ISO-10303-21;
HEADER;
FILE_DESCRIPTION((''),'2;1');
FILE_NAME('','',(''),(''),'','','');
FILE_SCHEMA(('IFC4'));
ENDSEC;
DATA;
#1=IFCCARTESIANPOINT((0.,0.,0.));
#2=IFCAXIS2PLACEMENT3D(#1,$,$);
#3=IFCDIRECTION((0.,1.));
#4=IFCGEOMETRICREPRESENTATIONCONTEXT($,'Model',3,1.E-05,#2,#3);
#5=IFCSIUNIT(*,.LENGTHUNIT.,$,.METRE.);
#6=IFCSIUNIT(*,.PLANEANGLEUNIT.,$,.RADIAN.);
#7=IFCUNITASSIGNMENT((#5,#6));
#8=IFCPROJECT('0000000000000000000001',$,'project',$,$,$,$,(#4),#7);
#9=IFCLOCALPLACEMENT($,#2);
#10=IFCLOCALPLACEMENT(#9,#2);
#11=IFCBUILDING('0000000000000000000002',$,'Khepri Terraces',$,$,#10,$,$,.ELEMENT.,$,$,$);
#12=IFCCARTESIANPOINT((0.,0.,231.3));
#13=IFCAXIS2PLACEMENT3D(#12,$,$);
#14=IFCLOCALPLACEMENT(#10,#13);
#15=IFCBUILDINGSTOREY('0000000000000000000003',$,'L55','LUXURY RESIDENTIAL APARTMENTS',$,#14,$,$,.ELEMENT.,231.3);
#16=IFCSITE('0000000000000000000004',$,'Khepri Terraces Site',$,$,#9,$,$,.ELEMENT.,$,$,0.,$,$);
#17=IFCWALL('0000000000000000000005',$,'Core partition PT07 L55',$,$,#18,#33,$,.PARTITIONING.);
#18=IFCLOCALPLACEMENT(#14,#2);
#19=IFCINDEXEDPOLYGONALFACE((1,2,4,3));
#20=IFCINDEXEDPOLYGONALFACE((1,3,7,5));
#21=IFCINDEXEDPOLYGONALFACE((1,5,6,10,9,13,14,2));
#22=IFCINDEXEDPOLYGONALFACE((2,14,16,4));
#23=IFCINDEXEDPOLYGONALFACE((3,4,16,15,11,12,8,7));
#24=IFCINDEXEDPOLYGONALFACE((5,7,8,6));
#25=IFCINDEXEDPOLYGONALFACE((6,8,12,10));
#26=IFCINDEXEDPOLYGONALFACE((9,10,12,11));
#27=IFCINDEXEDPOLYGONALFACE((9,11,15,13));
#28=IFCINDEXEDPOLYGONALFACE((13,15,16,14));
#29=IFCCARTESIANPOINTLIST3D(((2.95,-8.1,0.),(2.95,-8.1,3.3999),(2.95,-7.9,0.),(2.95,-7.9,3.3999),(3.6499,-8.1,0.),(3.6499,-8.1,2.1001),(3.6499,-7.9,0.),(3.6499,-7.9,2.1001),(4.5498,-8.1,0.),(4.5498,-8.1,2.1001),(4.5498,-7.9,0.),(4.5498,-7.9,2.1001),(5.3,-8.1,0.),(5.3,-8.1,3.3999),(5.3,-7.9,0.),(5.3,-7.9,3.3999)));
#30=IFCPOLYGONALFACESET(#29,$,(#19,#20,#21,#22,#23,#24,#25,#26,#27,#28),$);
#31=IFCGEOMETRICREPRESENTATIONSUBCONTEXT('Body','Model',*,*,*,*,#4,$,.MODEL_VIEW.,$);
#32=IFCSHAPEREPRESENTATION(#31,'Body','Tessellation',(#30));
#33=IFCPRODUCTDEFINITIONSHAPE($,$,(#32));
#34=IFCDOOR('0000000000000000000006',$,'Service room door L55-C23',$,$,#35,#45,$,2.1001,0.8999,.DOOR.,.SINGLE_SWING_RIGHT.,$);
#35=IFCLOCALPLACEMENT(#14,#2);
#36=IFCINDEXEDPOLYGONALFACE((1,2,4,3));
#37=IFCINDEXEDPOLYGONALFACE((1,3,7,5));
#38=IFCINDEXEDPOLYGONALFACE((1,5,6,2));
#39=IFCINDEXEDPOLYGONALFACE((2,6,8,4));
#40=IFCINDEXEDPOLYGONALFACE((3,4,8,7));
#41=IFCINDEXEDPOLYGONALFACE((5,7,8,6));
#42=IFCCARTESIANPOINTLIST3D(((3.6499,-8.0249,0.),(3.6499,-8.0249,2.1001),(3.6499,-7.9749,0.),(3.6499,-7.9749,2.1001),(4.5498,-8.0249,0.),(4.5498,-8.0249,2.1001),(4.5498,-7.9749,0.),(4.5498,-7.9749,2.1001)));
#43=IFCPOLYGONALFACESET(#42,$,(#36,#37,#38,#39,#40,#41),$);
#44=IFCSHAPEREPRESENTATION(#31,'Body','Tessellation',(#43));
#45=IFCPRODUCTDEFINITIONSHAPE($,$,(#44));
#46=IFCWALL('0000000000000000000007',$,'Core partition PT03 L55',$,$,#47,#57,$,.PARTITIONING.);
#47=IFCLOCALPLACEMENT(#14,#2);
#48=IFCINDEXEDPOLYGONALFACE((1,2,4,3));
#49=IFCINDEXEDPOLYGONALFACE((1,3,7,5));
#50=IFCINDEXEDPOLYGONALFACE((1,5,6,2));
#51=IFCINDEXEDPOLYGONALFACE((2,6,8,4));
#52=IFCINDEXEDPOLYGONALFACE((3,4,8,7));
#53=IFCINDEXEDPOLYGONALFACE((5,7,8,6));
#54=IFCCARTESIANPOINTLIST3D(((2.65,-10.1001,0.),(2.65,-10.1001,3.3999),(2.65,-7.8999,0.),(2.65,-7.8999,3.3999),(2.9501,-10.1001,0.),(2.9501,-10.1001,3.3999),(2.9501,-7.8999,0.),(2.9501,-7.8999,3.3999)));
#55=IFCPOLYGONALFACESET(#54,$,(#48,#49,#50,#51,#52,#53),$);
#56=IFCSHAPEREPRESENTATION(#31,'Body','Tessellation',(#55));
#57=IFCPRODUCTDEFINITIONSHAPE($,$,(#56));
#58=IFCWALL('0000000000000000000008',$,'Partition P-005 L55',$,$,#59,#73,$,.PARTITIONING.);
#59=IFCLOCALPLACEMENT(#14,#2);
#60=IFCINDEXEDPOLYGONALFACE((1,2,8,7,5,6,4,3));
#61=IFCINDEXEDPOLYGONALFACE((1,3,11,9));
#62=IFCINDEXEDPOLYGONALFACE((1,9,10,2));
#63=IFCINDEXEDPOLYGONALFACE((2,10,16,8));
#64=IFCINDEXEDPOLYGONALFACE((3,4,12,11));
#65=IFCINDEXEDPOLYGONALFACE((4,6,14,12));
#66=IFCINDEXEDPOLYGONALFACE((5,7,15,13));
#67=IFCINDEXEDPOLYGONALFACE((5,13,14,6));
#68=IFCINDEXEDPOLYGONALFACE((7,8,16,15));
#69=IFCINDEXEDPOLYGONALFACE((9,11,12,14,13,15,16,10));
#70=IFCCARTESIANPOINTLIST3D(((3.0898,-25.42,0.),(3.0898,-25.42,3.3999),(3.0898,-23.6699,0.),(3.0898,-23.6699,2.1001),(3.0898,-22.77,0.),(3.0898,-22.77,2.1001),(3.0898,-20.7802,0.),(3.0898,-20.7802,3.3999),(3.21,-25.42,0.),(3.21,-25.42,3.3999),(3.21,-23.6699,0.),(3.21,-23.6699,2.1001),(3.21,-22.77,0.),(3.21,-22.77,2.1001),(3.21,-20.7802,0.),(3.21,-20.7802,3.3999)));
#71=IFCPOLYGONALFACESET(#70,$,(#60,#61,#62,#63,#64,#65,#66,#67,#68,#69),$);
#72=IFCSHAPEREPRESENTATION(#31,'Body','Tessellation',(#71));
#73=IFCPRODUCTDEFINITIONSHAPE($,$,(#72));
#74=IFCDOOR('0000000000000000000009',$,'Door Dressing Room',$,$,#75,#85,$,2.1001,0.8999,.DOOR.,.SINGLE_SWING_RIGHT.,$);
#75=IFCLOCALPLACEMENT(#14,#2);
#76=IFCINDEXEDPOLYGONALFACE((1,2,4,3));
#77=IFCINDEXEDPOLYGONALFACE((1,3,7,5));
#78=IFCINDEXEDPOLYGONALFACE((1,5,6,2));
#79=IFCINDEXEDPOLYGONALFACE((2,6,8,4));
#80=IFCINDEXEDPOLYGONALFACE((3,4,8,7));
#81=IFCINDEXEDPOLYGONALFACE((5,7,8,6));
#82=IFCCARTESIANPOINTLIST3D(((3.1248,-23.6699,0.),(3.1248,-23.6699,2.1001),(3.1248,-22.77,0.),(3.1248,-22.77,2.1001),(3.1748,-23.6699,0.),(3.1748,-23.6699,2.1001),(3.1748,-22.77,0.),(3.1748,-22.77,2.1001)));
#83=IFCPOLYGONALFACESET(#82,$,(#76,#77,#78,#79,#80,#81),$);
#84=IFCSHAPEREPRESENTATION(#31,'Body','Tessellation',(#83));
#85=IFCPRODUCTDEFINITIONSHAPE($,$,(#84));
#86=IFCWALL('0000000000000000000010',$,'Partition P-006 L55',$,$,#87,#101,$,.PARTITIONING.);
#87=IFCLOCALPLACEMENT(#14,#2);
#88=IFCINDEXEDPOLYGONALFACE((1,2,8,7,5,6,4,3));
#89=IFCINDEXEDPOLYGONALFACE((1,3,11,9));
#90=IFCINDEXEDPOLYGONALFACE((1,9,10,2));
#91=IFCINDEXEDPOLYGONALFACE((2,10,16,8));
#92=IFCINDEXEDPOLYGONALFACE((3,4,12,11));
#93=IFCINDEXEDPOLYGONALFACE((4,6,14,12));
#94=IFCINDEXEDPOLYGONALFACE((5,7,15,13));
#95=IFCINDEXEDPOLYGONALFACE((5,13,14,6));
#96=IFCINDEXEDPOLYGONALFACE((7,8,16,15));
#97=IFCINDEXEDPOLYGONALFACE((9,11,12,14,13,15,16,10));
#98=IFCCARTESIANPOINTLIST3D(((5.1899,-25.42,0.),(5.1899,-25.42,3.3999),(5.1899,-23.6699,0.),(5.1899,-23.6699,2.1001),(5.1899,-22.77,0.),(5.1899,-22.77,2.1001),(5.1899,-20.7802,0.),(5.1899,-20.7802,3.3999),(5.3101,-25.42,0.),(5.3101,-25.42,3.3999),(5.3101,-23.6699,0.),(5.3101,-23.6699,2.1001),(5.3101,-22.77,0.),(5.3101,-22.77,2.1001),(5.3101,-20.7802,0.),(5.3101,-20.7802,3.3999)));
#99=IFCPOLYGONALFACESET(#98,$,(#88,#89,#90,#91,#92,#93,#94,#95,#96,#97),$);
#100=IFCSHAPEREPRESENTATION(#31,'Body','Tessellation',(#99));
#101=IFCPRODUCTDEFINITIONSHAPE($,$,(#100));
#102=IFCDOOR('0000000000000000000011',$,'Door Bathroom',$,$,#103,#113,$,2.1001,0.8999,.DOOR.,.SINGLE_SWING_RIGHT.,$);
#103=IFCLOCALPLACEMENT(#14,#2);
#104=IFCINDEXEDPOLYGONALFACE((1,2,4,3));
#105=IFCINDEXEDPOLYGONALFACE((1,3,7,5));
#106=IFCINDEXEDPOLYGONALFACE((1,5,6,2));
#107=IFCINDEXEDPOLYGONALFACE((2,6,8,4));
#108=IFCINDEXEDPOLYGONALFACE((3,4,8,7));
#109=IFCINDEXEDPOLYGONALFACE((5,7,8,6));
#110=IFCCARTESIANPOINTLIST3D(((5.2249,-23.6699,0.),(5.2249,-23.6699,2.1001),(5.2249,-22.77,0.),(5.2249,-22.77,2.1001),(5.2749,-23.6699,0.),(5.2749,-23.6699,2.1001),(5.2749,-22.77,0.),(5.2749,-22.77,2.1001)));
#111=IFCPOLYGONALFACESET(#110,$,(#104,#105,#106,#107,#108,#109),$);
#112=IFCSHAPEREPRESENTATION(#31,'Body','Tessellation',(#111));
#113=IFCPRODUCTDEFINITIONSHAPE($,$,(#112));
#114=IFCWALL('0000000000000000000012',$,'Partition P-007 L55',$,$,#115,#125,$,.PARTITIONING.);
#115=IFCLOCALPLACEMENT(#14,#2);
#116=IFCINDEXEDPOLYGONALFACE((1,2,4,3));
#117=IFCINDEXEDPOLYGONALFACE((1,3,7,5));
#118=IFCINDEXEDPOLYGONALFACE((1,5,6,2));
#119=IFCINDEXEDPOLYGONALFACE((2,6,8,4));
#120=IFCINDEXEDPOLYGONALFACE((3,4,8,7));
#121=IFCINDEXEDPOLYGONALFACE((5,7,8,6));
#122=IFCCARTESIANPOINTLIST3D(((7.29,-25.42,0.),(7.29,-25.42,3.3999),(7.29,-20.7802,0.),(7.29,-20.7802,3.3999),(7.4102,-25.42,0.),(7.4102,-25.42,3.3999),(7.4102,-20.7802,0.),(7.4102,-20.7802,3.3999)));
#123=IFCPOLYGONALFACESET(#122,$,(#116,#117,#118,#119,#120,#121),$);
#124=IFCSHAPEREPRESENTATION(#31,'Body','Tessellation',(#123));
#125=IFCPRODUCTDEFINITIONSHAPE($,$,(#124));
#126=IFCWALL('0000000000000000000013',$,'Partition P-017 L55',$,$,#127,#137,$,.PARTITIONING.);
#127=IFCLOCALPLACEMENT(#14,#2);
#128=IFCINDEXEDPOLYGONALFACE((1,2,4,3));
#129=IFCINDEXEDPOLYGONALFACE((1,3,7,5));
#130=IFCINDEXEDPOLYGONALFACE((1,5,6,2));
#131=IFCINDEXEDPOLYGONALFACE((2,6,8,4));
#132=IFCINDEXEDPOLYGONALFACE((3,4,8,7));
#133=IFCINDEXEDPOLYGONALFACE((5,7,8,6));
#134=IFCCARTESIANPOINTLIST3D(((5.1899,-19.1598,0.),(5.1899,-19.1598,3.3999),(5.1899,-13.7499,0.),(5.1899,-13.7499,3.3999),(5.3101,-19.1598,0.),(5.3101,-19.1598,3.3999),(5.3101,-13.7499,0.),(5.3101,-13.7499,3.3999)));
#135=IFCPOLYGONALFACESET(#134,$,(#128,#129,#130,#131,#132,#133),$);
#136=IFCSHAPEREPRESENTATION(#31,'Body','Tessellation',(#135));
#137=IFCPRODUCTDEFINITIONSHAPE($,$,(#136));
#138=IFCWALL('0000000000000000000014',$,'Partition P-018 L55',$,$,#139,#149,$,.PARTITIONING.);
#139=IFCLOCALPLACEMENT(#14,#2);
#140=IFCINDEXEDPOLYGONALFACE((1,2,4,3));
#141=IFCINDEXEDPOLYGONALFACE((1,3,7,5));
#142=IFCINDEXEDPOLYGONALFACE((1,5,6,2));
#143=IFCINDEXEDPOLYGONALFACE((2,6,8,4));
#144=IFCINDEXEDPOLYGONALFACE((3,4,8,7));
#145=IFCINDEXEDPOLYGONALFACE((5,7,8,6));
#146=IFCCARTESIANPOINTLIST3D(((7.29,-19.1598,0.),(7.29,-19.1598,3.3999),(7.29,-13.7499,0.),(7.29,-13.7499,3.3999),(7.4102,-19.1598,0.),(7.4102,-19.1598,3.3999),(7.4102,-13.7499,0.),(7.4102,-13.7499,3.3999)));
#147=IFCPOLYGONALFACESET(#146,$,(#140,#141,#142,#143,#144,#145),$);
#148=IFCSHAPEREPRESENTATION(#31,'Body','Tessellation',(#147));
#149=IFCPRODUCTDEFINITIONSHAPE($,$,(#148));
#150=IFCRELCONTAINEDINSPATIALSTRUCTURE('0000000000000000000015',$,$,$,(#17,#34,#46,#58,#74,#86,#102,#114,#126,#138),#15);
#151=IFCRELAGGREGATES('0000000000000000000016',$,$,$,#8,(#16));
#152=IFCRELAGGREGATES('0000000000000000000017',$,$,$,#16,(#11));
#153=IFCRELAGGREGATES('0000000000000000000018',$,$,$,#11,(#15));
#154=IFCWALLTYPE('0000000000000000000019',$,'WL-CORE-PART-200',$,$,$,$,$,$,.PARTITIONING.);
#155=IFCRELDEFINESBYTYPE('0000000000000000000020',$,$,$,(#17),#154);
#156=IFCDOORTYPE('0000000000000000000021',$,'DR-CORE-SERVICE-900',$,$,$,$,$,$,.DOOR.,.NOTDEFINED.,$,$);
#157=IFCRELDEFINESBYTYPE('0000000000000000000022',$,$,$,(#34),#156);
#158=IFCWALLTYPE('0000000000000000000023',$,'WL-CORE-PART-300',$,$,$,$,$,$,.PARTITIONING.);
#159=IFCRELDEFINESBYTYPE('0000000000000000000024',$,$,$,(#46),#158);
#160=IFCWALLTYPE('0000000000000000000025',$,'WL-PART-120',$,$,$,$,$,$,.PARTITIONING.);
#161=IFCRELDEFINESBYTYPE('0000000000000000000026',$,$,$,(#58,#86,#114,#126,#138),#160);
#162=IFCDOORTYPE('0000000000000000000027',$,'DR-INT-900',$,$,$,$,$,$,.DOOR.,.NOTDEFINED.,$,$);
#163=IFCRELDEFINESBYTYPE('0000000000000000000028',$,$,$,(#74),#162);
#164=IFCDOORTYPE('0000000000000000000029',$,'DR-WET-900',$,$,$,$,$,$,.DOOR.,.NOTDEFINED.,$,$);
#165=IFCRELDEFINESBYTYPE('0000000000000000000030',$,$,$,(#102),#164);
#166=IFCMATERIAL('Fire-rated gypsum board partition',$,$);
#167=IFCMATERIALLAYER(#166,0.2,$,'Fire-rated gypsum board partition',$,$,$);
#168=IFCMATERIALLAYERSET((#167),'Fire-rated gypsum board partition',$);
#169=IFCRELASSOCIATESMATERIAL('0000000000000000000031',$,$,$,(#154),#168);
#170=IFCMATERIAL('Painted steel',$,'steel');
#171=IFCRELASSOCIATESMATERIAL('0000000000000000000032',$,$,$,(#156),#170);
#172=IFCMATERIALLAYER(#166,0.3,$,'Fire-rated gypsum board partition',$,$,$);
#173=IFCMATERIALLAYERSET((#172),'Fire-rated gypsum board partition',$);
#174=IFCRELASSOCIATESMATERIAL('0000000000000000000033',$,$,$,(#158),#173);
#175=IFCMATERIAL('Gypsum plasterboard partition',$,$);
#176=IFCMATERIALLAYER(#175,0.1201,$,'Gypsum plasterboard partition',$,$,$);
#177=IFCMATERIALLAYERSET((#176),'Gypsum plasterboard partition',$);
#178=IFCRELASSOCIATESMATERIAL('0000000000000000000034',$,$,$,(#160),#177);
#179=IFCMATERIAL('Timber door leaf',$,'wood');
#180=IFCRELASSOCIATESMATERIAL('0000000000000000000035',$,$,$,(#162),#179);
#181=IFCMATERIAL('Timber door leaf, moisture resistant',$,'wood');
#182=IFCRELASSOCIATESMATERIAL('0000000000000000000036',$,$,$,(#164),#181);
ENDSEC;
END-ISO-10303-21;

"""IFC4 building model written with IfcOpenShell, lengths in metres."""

from ifc_helpers import new_model, si_unit, direction, frame, frame_2d, origin, place, context, subcontext, project, spatial, rectangle, extrude, material, layer, layer_set, type_object, element, fill, save


model = new_model("IFC4")

# Units and contexts
model_context = context("Model", 3, precision=1e-05, world=origin(), true_north=direction((0.0, 1.0)))
body_context = subcontext(model_context, "Body", "Model", "MODEL_VIEW")
ifc_project = project(units=[si_unit("LENGTHUNIT", "METRE"), si_unit("PLANEANGLEUNIT", "RADIAN")], contexts=[model_context])

# Site, building, storey
site_placement = place(None, origin())
site = spatial("IfcSite", under=ifc_project, at=site_placement, Name="Khepri Terraces Site", CompositionType="ELEMENT", RefElevation=0.0)
building_placement = place(site_placement, origin())
building = spatial("IfcBuilding", under=site, at=building_placement, Name="Khepri Terraces", CompositionType="ELEMENT")
storey_placement = place(building_placement, frame((0.0, 0.0, 231.3)))
storey = spatial("IfcBuildingStorey", under=building, at=storey_placement, Name="L55", Description="LUXURY RESIDENTIAL APARTMENTS", CompositionType="ELEMENT", Elevation=231.3)

# Shared definitions
ifc_material_1 = material(Name="Painted steel", Category="steel")

# Shared definitions
ifc_material_2 = material(Name="Fire-rated gypsum board partition")
ifc_layer_1 = layer(ifc_material_2, 0.2, Name="Fire-rated gypsum board partition")
ifc_layer_set_1 = layer_set([ifc_layer_1], Name="Fire-rated gypsum board partition")
wall_type_1 = type_object("IfcWallType", Name="WL-CORE-PART-200", PredefinedType="PARTITIONING", material=ifc_layer_set_1)

# Wall, opening, door
door_type_1 = type_object("IfcDoorType", Name="DR-CORE-SERVICE-900", OperationType="NOTDEFINED", PredefinedType="DOOR", material=ifc_material_1)
wall_1_placement = place(storey_placement, frame((2.95, -8.0, 0.0), z_axis=(0.0, 0.0, 1.0), x_axis=(1.0, 0.0, 0.0)))
wall_1 = element("IfcWall", 1, at=wall_1_placement, inside=storey, type_object=wall_type_1, Name="Core partition PT07 L55", PredefinedType="PARTITIONING", context=body_context, shape_type="SweptSolid", body=[
    extrude(rectangle(XDim=2.3501, YDim=0.2, at=frame_2d((1.175, 0.0))), origin(), (0.0, 0.0, 1.0), 3.3999),
])
opening_1_placement = place(wall_1_placement, frame((0.7, 0.0, 0.0)))
opening_1 = element("IfcOpeningElement", 2, at=opening_1_placement, cuts=wall_1, PredefinedType="OPENING", context=body_context, shape_type="SweptSolid", body=[
    extrude(rectangle(XDim=0.8999, YDim=2.1001, at=frame_2d((0.45, 1.05))), frame((0.0, 0.1099, 0.0), z_axis=(0.0, -1.0, 0.0), x_axis=(1.0, 0.0, 0.0)), (0.0, 0.0, 1.0), 0.22),
])
door_1_placement = place(opening_1_placement, frame((0.8999, 0.0, 0.0), z_axis=(0.0, 0.0, 1.0), x_axis=(-1.0, 0.0, 0.0)))
door_1 = element("IfcDoor", 3, at=door_1_placement, inside=storey, type_object=door_type_1, Name="Service room door L55-C23", OperationType="SINGLE_SWING_RIGHT", OverallHeight=2.1001, OverallWidth=0.8999, PredefinedType="DOOR", context=body_context, shape_type="SweptSolid", body=[
    extrude(rectangle(XDim=0.8999, YDim=2.1001, at=frame_2d((0.45, 1.05))), frame((0.0, 0.0249, 0.0), z_axis=(0.0, -1.0, 0.0), x_axis=(1.0, 0.0, 0.0)), (0.0, 0.0, 1.0), 0.05),
])
fill(opening_1, door_1)

# Wall
ifc_layer_2 = layer(ifc_material_2, 0.3, Name="Fire-rated gypsum board partition")
ifc_layer_set_2 = layer_set([ifc_layer_2], Name="Fire-rated gypsum board partition")
wall_type_2 = type_object("IfcWallType", Name="WL-CORE-PART-300", PredefinedType="PARTITIONING", material=ifc_layer_set_2)
wall_2_placement = place(storey_placement, frame((2.8, -10.1001, 0.0), z_axis=(0.0, 0.0, 1.0), x_axis=(0.0, 1.0, 0.0)))
element("IfcWall", 4, at=wall_2_placement, inside=storey, type_object=wall_type_2, Name="Core partition PT03 L55", PredefinedType="PARTITIONING", context=body_context, shape_type="SweptSolid", body=[
    extrude(rectangle(XDim=2.2002, YDim=0.3, at=frame_2d((1.1001, 0.0))), origin(), (0.0, 0.0, 1.0), 3.3999),
])

# Walls, openings, doors
ifc_material_3 = material(Name="Gypsum plasterboard partition")
ifc_layer_3 = layer(ifc_material_3, 0.1201, Name="Gypsum plasterboard partition")
ifc_layer_set_3 = layer_set([ifc_layer_3], Name="Gypsum plasterboard partition")
wall_type_3 = type_object("IfcWallType", Name="WL-PART-120", PredefinedType="PARTITIONING", material=ifc_layer_set_3)
wall_3_placement = place(storey_placement, frame((3.1499, -25.4199, 0.0), z_axis=(0.0, 0.0, 1.0), x_axis=(0.0, 1.0, 0.0)))
wall_3 = element("IfcWall", 5, at=wall_3_placement, inside=storey, type_object=wall_type_3, Name="Partition P-005 L55", PredefinedType="PARTITIONING", context=body_context, shape_type="SweptSolid", body=[
    extrude(rectangle(XDim=4.6399, YDim=0.1201, at=frame_2d((2.3198, 0.0))), origin(), (0.0, 0.0, 1.0), 3.3999),
])
opening_2_placement = place(wall_3_placement, frame((1.75, 0.0, 0.0)))
opening_2 = element("IfcOpeningElement", 6, at=opening_2_placement, cuts=wall_3, PredefinedType="OPENING", context=body_context, shape_type="SweptSolid", body=[
    extrude(rectangle(XDim=0.8999, YDim=2.1001, at=frame_2d((0.45, 1.05))), frame((0.0, 0.0701, 0.0), z_axis=(0.0, -1.0, 0.0), x_axis=(1.0, 0.0, 0.0)), (0.0, 0.0, 1.0), 0.1401),
])
ifc_material_4 = material(Name="Timber door leaf", Category="wood")
door_type_2 = type_object("IfcDoorType", Name="DR-INT-900", OperationType="NOTDEFINED", PredefinedType="DOOR", material=ifc_material_4)
door_2_placement = place(opening_2_placement, frame((0.8999, 0.0, 0.0), z_axis=(0.0, 0.0, 1.0), x_axis=(-1.0, 0.0, 0.0)))
door_2 = element("IfcDoor", 7, at=door_2_placement, inside=storey, type_object=door_type_2, Name="Door Dressing Room", OperationType="SINGLE_SWING_RIGHT", OverallHeight=2.1001, OverallWidth=0.8999, PredefinedType="DOOR", context=body_context, shape_type="SweptSolid", body=[
    extrude(rectangle(XDim=0.8999, YDim=2.1001, at=frame_2d((0.45, 1.05))), frame((0.0, 0.0249, 0.0), z_axis=(0.0, -1.0, 0.0), x_axis=(1.0, 0.0, 0.0)), (0.0, 0.0, 1.0), 0.05),
])
fill(opening_2, door_2)
wall_4_placement = place(storey_placement, frame((5.25, -25.4199, 0.0), z_axis=(0.0, 0.0, 1.0), x_axis=(0.0, 1.0, 0.0)))
wall_4 = element("IfcWall", 8, at=wall_4_placement, inside=storey, type_object=wall_type_3, Name="Partition P-006 L55", PredefinedType="PARTITIONING", context=body_context, shape_type="SweptSolid", body=[
    extrude(rectangle(XDim=4.6399, YDim=0.1201, at=frame_2d((2.3198, 0.0))), origin(), (0.0, 0.0, 1.0), 3.3999),
])
opening_3_placement = place(wall_4_placement, frame((1.75, 0.0, 0.0)))
opening_3 = element("IfcOpeningElement", 9, at=opening_3_placement, cuts=wall_4, PredefinedType="OPENING", context=body_context, shape_type="SweptSolid", body=[
    extrude(rectangle(XDim=0.8999, YDim=2.1001, at=frame_2d((0.45, 1.05))), frame((0.0, 0.0701, 0.0), z_axis=(0.0, -1.0, 0.0), x_axis=(1.0, 0.0, 0.0)), (0.0, 0.0, 1.0), 0.1401),
])
ifc_material_5 = material(Name="Timber door leaf, moisture resistant", Category="wood")
door_type_3 = type_object("IfcDoorType", Name="DR-WET-900", OperationType="NOTDEFINED", PredefinedType="DOOR", material=ifc_material_5)
door_3_placement = place(opening_3_placement, frame((0.8999, 0.0, 0.0), z_axis=(0.0, 0.0, 1.0), x_axis=(-1.0, 0.0, 0.0)))
door_3 = element("IfcDoor", 10, at=door_3_placement, inside=storey, type_object=door_type_3, Name="Door Bathroom", OperationType="SINGLE_SWING_RIGHT", OverallHeight=2.1001, OverallWidth=0.8999, PredefinedType="DOOR", context=body_context, shape_type="SweptSolid", body=[
    extrude(rectangle(XDim=0.8999, YDim=2.1001, at=frame_2d((0.45, 1.05))), frame((0.0, 0.0249, 0.0), z_axis=(0.0, -1.0, 0.0), x_axis=(1.0, 0.0, 0.0)), (0.0, 0.0, 1.0), 0.05),
])
fill(opening_3, door_3)

# Walls
wall_5_placement = place(storey_placement, frame((7.3501, -25.4199, 0.0), z_axis=(0.0, 0.0, 1.0), x_axis=(0.0, 1.0, 0.0)))
element("IfcWall", 11, at=wall_5_placement, inside=storey, type_object=wall_type_3, Name="Partition P-007 L55", PredefinedType="PARTITIONING", context=body_context, shape_type="SweptSolid", body=[
    extrude(rectangle(XDim=4.6399, YDim=0.1201, at=frame_2d((2.3198, 0.0))), origin(), (0.0, 0.0, 1.0), 3.3999),
])
for number, where, z_axis, x_axis, name in (
    (12, (5.25, -19.1599, 0.0), (0.0, 0.0, 1.0), (0.0, 1.0, 0.0), "Partition P-017 L55"),
    (13, (7.3501, -19.1599, 0.0), (0.0, 0.0, 1.0), (0.0, 1.0, 0.0), "Partition P-018 L55"),
):
    element("IfcWall", number, at=place(storey_placement, frame(where, z_axis=z_axis, x_axis=x_axis)), inside=storey, type_object=wall_type_3, Name=name, PredefinedType="PARTITIONING", context=body_context, shape_type="SweptSolid", body=[
        extrude(rectangle(XDim=5.4099, YDim=0.1201, at=frame_2d((2.7051, 0.0))), origin(), (0.0, 0.0, 1.0), 3.3999),
    ])

save(model, "model.ifc")
